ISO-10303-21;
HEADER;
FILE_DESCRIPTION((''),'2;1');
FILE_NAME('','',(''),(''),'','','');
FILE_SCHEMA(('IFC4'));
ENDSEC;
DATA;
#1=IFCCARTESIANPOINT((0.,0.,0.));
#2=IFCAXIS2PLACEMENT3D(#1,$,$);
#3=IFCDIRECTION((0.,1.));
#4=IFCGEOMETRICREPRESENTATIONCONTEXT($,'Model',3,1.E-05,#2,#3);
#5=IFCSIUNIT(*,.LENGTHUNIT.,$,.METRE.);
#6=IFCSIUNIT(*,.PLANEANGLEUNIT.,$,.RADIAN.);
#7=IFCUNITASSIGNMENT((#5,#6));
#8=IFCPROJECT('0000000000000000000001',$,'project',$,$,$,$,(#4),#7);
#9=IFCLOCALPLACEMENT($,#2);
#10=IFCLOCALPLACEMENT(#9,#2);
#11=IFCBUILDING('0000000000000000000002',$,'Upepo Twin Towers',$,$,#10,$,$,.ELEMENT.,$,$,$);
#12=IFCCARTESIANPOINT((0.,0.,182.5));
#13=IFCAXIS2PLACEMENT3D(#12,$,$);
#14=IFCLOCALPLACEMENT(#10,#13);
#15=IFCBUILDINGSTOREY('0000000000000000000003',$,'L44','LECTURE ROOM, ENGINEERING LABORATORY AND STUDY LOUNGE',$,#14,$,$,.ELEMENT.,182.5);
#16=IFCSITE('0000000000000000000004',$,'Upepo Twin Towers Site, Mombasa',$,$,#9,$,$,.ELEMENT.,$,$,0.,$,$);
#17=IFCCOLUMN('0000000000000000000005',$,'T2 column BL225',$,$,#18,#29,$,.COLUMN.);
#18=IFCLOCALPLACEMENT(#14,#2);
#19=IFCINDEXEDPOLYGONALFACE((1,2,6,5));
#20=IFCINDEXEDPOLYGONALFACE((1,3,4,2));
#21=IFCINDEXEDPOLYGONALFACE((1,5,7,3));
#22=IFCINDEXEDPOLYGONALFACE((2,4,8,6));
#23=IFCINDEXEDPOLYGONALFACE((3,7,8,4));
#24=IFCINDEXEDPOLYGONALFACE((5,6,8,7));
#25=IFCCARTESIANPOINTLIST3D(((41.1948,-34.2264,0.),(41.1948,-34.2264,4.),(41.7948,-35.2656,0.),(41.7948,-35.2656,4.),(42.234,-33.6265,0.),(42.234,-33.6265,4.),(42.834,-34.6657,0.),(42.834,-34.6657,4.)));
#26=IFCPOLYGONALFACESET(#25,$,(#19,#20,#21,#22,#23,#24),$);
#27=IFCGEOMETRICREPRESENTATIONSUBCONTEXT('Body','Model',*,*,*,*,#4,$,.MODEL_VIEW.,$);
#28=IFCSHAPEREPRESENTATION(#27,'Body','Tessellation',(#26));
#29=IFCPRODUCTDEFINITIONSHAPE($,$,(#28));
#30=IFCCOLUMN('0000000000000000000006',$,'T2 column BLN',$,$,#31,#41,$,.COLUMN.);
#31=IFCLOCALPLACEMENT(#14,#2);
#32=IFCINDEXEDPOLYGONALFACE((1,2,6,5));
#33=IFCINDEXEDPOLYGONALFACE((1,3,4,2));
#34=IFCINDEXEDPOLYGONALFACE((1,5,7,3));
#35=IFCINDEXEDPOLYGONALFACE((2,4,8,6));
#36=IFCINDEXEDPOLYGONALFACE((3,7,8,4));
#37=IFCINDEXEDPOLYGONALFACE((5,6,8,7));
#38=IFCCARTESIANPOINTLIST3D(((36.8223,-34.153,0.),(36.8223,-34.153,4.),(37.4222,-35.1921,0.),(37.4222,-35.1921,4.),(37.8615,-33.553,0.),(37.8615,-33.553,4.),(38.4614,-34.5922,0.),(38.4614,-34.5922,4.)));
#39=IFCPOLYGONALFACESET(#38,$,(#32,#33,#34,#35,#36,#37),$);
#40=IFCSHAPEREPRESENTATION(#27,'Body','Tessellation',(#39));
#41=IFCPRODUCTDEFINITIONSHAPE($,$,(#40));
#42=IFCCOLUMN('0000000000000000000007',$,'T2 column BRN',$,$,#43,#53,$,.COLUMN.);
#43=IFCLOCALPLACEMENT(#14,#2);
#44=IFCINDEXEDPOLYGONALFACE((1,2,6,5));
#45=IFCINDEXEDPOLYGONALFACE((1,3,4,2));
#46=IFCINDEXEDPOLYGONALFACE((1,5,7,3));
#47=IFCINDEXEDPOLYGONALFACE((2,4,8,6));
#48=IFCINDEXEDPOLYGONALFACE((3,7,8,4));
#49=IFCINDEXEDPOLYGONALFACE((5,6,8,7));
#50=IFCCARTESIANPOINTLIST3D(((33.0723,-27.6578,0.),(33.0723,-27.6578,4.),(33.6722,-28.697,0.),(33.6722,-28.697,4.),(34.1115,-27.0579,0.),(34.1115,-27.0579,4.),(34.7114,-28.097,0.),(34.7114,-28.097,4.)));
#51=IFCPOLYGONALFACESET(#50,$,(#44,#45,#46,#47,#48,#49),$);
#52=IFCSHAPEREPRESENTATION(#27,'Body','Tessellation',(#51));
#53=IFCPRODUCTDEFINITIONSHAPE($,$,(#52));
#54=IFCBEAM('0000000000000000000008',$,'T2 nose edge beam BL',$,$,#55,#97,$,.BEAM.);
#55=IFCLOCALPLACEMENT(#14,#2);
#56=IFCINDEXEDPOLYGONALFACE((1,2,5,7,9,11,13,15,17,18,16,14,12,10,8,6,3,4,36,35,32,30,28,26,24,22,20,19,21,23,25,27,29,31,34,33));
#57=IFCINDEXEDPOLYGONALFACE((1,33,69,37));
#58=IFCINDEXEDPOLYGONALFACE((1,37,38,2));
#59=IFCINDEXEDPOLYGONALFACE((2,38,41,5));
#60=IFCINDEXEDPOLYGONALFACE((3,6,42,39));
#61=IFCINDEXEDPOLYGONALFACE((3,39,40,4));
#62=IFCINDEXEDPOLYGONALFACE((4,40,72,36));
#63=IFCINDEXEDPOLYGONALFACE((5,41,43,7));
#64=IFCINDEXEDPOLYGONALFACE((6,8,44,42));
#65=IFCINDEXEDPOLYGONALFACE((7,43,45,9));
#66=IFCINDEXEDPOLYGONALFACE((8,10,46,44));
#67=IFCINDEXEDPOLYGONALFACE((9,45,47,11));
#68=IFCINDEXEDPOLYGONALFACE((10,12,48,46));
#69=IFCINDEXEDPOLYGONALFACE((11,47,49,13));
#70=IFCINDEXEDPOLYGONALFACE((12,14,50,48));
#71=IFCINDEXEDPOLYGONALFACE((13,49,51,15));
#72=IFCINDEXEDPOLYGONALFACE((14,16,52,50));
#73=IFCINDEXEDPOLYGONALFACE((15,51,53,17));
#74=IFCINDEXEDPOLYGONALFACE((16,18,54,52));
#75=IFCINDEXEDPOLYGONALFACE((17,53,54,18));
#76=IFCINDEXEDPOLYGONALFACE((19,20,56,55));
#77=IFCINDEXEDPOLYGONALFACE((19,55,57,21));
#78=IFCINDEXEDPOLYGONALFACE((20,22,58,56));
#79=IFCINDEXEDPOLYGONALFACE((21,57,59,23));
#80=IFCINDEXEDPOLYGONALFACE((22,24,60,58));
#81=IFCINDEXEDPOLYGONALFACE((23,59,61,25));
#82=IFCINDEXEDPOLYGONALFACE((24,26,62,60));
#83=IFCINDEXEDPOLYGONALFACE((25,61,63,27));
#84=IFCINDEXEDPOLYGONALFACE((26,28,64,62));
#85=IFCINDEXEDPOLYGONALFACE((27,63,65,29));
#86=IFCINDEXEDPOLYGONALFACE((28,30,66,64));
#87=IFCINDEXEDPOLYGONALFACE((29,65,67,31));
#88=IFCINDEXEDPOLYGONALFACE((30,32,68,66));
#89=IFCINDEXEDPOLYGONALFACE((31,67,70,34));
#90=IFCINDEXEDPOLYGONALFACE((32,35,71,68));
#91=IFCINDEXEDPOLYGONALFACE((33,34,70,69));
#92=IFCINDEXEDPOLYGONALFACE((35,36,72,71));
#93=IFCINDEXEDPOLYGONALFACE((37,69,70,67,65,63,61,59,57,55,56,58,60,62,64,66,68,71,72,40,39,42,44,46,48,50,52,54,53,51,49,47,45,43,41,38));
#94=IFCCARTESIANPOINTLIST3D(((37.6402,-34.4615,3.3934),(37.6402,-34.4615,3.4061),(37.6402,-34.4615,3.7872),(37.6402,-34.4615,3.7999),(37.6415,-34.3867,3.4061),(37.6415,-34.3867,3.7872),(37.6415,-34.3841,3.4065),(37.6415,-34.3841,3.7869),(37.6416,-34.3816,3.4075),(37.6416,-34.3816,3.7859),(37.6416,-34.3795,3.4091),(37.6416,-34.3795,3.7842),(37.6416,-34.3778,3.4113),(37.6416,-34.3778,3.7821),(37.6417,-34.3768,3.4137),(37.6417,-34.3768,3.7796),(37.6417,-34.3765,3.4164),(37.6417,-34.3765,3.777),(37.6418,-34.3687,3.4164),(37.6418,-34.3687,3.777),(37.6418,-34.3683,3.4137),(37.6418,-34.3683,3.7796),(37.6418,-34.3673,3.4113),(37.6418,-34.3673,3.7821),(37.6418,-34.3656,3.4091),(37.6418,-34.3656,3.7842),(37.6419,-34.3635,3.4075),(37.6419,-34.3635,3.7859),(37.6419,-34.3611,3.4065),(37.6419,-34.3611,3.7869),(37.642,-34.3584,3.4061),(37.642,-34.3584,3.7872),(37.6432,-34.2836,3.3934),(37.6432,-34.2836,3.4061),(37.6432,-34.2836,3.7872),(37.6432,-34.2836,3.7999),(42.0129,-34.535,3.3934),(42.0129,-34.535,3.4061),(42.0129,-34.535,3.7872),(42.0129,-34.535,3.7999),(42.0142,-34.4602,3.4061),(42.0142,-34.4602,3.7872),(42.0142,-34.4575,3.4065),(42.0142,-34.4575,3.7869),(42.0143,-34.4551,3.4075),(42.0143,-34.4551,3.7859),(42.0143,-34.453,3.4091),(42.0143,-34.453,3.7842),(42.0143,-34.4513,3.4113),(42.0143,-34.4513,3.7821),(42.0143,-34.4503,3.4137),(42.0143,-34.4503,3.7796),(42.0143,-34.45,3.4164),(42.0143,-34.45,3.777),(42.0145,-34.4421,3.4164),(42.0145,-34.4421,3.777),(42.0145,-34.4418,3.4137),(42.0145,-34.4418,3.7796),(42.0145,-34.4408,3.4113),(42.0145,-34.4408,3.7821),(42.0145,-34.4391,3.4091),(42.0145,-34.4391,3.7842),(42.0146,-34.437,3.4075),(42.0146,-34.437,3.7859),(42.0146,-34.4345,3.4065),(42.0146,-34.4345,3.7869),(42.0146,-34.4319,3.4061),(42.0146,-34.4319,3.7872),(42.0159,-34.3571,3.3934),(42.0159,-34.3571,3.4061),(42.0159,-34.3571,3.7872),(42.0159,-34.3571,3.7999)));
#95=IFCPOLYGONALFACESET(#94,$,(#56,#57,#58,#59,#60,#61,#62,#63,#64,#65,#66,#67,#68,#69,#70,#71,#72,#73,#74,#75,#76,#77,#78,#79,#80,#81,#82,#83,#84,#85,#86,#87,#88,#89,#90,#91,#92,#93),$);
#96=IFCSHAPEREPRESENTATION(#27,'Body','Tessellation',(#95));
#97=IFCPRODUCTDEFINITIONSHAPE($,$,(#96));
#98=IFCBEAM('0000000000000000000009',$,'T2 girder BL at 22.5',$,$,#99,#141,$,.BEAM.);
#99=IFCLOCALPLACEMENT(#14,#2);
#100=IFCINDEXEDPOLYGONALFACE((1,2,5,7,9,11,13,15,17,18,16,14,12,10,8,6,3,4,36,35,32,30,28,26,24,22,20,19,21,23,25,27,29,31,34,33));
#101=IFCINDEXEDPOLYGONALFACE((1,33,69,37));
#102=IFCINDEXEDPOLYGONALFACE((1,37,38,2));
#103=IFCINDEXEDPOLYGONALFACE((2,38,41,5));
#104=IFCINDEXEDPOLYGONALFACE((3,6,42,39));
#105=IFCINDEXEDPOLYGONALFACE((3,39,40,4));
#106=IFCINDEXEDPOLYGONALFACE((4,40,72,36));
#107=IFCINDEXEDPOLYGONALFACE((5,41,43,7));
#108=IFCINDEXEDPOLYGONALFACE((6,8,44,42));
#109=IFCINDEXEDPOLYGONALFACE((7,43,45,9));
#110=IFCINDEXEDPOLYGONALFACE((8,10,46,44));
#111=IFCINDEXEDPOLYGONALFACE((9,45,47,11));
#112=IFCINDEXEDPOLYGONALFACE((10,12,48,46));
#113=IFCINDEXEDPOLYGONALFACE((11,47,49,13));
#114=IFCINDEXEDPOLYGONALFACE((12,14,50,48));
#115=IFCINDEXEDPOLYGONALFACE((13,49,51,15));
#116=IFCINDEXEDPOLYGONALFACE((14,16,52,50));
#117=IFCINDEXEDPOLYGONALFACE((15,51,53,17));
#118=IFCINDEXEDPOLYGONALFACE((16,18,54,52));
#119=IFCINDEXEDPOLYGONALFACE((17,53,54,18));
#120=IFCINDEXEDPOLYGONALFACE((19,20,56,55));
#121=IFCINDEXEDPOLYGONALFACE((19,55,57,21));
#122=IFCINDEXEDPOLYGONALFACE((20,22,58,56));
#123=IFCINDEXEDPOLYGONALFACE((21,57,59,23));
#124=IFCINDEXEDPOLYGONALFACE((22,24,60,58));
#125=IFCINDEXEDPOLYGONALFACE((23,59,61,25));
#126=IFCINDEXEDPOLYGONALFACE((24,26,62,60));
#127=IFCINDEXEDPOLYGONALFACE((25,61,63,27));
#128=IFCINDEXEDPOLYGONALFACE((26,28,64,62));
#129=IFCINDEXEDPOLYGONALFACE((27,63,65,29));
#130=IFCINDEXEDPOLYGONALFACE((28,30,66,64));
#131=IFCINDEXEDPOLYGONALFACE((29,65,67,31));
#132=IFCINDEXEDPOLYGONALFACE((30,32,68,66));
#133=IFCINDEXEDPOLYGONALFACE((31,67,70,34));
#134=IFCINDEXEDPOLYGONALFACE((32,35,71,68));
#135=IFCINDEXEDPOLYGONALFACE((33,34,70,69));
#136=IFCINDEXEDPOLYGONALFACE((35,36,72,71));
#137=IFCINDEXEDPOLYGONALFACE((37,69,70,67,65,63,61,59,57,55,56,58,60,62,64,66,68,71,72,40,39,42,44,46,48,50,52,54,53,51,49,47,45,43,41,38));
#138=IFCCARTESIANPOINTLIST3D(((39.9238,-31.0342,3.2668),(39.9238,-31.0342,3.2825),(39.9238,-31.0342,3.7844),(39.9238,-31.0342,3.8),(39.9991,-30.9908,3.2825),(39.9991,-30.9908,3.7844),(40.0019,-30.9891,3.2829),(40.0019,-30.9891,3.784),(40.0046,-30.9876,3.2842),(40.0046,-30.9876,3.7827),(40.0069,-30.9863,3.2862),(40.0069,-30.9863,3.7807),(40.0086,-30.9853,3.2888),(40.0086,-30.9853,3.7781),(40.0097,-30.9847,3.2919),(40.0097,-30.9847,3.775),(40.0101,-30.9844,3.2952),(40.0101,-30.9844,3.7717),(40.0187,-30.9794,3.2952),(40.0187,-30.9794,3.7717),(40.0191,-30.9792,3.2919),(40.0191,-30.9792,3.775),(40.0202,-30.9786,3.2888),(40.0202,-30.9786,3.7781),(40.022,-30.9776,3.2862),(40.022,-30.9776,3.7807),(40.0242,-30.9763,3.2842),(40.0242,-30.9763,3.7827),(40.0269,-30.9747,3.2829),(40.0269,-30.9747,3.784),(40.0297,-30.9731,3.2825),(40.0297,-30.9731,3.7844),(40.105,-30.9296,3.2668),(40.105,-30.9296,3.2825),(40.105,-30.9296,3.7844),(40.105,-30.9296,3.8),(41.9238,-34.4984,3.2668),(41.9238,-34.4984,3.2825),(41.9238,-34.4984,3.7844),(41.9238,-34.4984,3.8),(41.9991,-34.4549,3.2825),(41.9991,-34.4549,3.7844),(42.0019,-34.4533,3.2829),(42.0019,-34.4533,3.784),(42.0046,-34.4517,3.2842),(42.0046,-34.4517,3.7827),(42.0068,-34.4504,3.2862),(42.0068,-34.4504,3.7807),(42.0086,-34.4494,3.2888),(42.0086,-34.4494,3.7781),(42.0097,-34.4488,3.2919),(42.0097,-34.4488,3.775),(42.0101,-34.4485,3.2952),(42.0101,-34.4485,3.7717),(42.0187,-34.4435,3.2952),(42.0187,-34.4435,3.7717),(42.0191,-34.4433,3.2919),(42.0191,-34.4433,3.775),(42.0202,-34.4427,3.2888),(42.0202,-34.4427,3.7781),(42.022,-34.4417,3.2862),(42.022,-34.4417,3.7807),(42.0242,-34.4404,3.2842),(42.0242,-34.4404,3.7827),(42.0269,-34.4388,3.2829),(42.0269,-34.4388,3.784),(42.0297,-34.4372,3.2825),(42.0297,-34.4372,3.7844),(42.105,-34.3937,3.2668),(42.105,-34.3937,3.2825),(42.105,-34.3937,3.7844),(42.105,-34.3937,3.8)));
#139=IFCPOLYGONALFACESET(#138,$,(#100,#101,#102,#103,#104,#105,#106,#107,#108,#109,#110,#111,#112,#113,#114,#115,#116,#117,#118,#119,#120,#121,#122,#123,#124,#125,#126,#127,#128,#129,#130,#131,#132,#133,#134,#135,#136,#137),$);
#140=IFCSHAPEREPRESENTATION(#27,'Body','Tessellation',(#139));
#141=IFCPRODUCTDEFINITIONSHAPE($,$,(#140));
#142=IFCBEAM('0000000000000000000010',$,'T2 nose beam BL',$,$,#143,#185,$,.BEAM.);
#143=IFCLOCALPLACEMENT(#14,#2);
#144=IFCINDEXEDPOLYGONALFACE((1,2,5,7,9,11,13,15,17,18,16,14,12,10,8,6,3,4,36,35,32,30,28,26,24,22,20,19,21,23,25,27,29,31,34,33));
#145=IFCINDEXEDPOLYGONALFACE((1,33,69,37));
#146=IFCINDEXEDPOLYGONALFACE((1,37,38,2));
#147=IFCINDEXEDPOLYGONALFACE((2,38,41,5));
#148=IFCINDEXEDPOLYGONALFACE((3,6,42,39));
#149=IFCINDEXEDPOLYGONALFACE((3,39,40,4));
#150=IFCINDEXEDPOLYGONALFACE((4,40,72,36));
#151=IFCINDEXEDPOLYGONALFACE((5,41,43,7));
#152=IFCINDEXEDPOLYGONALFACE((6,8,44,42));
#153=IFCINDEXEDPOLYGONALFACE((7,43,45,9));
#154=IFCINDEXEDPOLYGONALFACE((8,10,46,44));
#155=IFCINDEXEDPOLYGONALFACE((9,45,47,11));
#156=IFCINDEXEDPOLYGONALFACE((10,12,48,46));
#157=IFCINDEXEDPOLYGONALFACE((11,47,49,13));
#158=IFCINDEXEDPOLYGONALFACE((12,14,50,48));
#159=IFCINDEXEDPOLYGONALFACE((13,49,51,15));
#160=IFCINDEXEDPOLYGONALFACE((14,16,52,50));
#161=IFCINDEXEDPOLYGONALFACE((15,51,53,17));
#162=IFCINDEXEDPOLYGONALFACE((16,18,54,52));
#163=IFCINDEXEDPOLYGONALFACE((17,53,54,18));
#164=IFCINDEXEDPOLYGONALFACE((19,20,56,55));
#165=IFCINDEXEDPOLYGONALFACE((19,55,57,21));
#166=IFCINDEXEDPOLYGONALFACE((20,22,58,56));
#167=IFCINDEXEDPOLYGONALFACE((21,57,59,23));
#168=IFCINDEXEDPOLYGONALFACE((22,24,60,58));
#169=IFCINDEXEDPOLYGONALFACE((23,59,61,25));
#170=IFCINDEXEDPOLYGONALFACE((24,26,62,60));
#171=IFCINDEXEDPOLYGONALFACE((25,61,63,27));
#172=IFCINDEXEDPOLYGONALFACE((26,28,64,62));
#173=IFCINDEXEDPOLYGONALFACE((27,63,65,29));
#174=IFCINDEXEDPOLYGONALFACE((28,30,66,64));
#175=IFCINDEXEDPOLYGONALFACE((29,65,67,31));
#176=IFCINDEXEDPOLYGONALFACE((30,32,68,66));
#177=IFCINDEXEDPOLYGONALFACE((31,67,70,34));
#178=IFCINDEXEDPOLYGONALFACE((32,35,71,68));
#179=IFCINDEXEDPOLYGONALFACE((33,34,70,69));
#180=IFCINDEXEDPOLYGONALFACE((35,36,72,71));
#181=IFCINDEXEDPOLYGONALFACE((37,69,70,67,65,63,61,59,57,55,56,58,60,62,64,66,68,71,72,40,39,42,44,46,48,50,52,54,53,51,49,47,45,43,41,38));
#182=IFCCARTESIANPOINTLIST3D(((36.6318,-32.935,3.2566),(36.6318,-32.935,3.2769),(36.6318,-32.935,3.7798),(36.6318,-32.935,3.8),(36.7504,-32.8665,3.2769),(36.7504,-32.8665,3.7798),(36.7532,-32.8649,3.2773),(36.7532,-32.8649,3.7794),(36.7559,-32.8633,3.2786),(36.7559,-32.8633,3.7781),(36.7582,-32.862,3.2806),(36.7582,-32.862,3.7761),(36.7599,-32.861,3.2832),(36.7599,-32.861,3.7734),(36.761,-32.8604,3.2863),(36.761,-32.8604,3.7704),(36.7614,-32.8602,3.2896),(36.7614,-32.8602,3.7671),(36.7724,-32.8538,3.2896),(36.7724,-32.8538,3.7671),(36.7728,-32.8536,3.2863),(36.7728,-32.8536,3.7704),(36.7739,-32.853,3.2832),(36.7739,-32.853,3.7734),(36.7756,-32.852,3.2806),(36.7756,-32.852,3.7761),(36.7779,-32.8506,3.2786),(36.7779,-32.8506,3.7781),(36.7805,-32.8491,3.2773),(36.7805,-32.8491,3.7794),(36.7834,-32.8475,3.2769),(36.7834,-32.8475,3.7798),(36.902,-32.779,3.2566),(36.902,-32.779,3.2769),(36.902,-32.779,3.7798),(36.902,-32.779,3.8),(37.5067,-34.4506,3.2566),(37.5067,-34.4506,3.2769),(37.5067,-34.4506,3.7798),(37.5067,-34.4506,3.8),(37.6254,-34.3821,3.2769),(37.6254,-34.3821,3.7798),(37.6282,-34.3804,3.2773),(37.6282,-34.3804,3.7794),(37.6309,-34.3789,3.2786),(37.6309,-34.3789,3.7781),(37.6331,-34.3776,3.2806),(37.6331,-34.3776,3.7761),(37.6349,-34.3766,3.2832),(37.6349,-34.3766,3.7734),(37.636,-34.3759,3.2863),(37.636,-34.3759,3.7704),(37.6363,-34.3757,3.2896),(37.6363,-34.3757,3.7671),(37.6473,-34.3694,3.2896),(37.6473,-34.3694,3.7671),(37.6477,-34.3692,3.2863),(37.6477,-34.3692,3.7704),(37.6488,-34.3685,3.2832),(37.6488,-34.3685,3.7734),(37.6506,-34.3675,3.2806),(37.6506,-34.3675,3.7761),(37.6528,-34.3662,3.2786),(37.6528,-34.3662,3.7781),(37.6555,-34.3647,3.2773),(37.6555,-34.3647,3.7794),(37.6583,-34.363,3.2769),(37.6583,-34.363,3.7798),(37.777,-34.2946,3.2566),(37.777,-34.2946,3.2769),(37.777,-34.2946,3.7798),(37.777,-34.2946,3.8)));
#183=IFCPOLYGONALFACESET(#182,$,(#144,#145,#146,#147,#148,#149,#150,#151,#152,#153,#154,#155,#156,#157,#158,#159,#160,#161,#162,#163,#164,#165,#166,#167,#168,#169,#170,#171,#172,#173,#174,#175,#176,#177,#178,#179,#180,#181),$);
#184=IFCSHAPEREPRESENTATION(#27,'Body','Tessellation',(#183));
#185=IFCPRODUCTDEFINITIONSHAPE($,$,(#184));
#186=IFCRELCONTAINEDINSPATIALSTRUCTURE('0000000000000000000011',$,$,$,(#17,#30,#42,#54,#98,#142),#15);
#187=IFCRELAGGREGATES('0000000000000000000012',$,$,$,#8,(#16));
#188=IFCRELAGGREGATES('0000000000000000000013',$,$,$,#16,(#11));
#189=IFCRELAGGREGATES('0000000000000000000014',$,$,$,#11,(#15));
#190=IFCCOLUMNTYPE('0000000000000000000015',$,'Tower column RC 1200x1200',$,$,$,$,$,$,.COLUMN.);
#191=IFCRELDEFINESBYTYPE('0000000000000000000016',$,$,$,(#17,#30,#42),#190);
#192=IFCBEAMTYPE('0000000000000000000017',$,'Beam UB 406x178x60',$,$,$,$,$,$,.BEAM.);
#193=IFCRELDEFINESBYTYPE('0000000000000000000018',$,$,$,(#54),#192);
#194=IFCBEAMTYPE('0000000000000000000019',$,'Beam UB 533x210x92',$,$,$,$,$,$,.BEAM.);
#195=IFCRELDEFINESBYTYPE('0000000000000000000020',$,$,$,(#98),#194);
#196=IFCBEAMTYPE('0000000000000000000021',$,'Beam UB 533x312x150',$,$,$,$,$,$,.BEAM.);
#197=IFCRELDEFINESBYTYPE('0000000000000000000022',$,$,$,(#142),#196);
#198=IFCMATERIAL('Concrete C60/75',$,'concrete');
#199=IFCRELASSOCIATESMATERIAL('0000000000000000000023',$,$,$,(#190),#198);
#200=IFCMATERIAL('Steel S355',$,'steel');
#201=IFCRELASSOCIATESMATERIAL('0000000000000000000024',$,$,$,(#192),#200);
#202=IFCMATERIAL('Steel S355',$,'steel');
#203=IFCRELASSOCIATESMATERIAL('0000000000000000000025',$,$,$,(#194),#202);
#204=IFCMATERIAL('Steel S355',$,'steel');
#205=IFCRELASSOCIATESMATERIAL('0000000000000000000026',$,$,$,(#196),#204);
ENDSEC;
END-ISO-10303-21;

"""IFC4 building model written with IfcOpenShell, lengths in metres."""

from ifc_helpers import new_model, si_unit, direction, frame, origin, origin_2d, place, context, subcontext, project, spatial, rectangle, i_section, extrude, material, material_profile, profile_set, type_object, element, save


model = new_model("IFC4")

# Units and contexts
model_context = context("Model", 3, precision=1e-05, world=origin(), true_north=direction((0.0, 1.0)))
body_context = subcontext(model_context, "Body", "Model", "MODEL_VIEW")
ifc_project = project(units=[si_unit("LENGTHUNIT", "METRE"), si_unit("PLANEANGLEUNIT", "RADIAN")], contexts=[model_context])

# Site, building, storey
site_placement = place(None, origin())
site = spatial("IfcSite", under=ifc_project, at=site_placement, Name="Upepo Twin Towers Site, Mombasa", CompositionType="ELEMENT", RefElevation=0.0)
building_placement = place(site_placement, origin())
building = spatial("IfcBuilding", under=site, at=building_placement, Name="Upepo Twin Towers", CompositionType="ELEMENT")
storey_placement = place(building_placement, frame((0.0, 0.0, 182.5)))
storey = spatial("IfcBuildingStorey", under=building, at=storey_placement, Name="L44", Description="LECTURE ROOM, ENGINEERING LABORATORY AND STUDY LOUNGE", CompositionType="ELEMENT", Elevation=182.5)

# Columns
ifc_material_1 = material(Name="Concrete C60/75", Category="concrete")
ifc_material_profile_1 = material_profile(ifc_material_1, rectangle(XDim=1.2, YDim=1.2, at=origin_2d()), Name="RC 1200x1200")
ifc_profile_set_1 = profile_set([ifc_material_profile_1], Name="Concrete C60/75")
column_type = type_object("IfcColumnType", Name="Tower column RC 1200x1200", PredefinedType="COLUMN", material=ifc_profile_set_1)
for number, where, z_axis, x_axis, name in (
    (1, (42.0144, -34.446, 0.0), (0.0, 0.0, 1.0), (0.866025, 0.5, 0.0), "T2 column BL225"),
    (2, (37.6418, -34.3726, 0.0), (0.0, 0.0, 1.0), (0.866025, 0.5, 0.0), "T2 column BLN"),
    (3, (33.8918, -27.8774, 0.0), (0.0, 0.0, 1.0), (0.866025, 0.5, 0.0), "T2 column BRN"),
):
    element("IfcColumn", number, at=place(storey_placement, frame(where, z_axis=z_axis, x_axis=x_axis)), inside=storey, type_object=column_type, Name=name, PredefinedType="COLUMN", context=body_context, shape_type="SweptSolid", body=[
        extrude(rectangle(XDim=1.2, YDim=1.2, at=origin_2d()), origin(), (0.0, 0.0, 1.0), 4.0),
    ])

# Beams
ifc_material_2 = material(Name="Steel S355", Category="steel")
ifc_material_profile_2 = material_profile(ifc_material_2, i_section(OverallWidth=0.178, OverallDepth=0.4065, WebThickness=0.0078, FlangeThickness=0.0127, FilletRadius=0.0103, at=origin_2d()), Name="UB 406x178x60")
ifc_profile_set_2 = profile_set([ifc_material_profile_2], Name="Steel S355")
beam_type_1 = type_object("IfcBeamType", Name="Beam UB 406x178x60", PredefinedType="BEAM", material=ifc_profile_set_2)
beam_1_placement = place(storey_placement, frame((42.0144, -34.446, 3.5967), z_axis=(-0.999859, 0.016804, 0.0), x_axis=(-0.016804, -0.999859, 0.0)))
element("IfcBeam", 4, at=beam_1_placement, inside=storey, type_object=beam_type_1, Name="T2 nose edge beam BL", PredefinedType="BEAM", context=body_context, shape_type="SweptSolid", body=[
    extrude(i_section(OverallWidth=0.178, OverallDepth=0.4065, WebThickness=0.0078, FlangeThickness=0.0127, FilletRadius=0.0103, at=origin_2d()), origin(), (0.0, 0.0, 1.0), 4.3733),
])
ifc_material_3 = material(Name="Steel S355", Category="steel")
ifc_material_profile_3 = material_profile(ifc_material_3, i_section(OverallWidth=0.2092, OverallDepth=0.5332, WebThickness=0.01, FlangeThickness=0.0156, FilletRadius=0.0127, at=origin_2d()), Name="UB 533x210x92")
ifc_profile_set_3 = profile_set([ifc_material_profile_3], Name="Steel S355")
beam_type_2 = type_object("IfcBeamType", Name="Beam UB 533x210x92", PredefinedType="BEAM", material=ifc_profile_set_3)
beam_2_placement = place(storey_placement, frame((42.0144, -34.446, 3.5334), z_axis=(-0.499999, 0.866026, 0.0), x_axis=(-0.866026, -0.499999, 0.0)))
element("IfcBeam", 5, at=beam_2_placement, inside=storey, type_object=beam_type_2, Name="T2 girder BL at 22.5", PredefinedType="BEAM", context=body_context, shape_type="SweptSolid", body=[
    extrude(i_section(OverallWidth=0.2092, OverallDepth=0.5332, WebThickness=0.01, FlangeThickness=0.0156, FilletRadius=0.0127, at=origin_2d()), origin(), (0.0, 0.0, 1.0), 4.0),
])
ifc_material_4 = material(Name="Steel S355", Category="steel")
ifc_material_profile_4 = material_profile(ifc_material_4, i_section(OverallWidth=0.312, OverallDepth=0.5435, WebThickness=0.0127, FlangeThickness=0.0203, FilletRadius=0.0127, at=origin_2d()), Name="UB 533x312x150")
ifc_profile_set_4 = profile_set([ifc_material_profile_4], Name="Steel S355")
beam_type_3 = type_object("IfcBeamType", Name="Beam UB 533x312x150", PredefinedType="BEAM", material=ifc_profile_set_4)
for number, where, z_axis, x_axis, name in (
    (6, (37.6418, -34.3726, 3.5283), (-0.49998, 0.866037, 0.0), (-0.866037, -0.49998, 0.0), "T2 nose beam BL"),
):
    element("IfcBeam", number, at=place(storey_placement, frame(where, z_axis=z_axis, x_axis=x_axis)), inside=storey, type_object=beam_type_3, Name=name, PredefinedType="BEAM", context=body_context, shape_type="SweptSolid", body=[
        extrude(i_section(OverallWidth=0.312, OverallDepth=0.5435, WebThickness=0.0127, FlangeThickness=0.0203, FilletRadius=0.0127, at=origin_2d()), origin(), (0.0, 0.0, 1.0), 1.75),
    ])

save(model, "model.ifc")
